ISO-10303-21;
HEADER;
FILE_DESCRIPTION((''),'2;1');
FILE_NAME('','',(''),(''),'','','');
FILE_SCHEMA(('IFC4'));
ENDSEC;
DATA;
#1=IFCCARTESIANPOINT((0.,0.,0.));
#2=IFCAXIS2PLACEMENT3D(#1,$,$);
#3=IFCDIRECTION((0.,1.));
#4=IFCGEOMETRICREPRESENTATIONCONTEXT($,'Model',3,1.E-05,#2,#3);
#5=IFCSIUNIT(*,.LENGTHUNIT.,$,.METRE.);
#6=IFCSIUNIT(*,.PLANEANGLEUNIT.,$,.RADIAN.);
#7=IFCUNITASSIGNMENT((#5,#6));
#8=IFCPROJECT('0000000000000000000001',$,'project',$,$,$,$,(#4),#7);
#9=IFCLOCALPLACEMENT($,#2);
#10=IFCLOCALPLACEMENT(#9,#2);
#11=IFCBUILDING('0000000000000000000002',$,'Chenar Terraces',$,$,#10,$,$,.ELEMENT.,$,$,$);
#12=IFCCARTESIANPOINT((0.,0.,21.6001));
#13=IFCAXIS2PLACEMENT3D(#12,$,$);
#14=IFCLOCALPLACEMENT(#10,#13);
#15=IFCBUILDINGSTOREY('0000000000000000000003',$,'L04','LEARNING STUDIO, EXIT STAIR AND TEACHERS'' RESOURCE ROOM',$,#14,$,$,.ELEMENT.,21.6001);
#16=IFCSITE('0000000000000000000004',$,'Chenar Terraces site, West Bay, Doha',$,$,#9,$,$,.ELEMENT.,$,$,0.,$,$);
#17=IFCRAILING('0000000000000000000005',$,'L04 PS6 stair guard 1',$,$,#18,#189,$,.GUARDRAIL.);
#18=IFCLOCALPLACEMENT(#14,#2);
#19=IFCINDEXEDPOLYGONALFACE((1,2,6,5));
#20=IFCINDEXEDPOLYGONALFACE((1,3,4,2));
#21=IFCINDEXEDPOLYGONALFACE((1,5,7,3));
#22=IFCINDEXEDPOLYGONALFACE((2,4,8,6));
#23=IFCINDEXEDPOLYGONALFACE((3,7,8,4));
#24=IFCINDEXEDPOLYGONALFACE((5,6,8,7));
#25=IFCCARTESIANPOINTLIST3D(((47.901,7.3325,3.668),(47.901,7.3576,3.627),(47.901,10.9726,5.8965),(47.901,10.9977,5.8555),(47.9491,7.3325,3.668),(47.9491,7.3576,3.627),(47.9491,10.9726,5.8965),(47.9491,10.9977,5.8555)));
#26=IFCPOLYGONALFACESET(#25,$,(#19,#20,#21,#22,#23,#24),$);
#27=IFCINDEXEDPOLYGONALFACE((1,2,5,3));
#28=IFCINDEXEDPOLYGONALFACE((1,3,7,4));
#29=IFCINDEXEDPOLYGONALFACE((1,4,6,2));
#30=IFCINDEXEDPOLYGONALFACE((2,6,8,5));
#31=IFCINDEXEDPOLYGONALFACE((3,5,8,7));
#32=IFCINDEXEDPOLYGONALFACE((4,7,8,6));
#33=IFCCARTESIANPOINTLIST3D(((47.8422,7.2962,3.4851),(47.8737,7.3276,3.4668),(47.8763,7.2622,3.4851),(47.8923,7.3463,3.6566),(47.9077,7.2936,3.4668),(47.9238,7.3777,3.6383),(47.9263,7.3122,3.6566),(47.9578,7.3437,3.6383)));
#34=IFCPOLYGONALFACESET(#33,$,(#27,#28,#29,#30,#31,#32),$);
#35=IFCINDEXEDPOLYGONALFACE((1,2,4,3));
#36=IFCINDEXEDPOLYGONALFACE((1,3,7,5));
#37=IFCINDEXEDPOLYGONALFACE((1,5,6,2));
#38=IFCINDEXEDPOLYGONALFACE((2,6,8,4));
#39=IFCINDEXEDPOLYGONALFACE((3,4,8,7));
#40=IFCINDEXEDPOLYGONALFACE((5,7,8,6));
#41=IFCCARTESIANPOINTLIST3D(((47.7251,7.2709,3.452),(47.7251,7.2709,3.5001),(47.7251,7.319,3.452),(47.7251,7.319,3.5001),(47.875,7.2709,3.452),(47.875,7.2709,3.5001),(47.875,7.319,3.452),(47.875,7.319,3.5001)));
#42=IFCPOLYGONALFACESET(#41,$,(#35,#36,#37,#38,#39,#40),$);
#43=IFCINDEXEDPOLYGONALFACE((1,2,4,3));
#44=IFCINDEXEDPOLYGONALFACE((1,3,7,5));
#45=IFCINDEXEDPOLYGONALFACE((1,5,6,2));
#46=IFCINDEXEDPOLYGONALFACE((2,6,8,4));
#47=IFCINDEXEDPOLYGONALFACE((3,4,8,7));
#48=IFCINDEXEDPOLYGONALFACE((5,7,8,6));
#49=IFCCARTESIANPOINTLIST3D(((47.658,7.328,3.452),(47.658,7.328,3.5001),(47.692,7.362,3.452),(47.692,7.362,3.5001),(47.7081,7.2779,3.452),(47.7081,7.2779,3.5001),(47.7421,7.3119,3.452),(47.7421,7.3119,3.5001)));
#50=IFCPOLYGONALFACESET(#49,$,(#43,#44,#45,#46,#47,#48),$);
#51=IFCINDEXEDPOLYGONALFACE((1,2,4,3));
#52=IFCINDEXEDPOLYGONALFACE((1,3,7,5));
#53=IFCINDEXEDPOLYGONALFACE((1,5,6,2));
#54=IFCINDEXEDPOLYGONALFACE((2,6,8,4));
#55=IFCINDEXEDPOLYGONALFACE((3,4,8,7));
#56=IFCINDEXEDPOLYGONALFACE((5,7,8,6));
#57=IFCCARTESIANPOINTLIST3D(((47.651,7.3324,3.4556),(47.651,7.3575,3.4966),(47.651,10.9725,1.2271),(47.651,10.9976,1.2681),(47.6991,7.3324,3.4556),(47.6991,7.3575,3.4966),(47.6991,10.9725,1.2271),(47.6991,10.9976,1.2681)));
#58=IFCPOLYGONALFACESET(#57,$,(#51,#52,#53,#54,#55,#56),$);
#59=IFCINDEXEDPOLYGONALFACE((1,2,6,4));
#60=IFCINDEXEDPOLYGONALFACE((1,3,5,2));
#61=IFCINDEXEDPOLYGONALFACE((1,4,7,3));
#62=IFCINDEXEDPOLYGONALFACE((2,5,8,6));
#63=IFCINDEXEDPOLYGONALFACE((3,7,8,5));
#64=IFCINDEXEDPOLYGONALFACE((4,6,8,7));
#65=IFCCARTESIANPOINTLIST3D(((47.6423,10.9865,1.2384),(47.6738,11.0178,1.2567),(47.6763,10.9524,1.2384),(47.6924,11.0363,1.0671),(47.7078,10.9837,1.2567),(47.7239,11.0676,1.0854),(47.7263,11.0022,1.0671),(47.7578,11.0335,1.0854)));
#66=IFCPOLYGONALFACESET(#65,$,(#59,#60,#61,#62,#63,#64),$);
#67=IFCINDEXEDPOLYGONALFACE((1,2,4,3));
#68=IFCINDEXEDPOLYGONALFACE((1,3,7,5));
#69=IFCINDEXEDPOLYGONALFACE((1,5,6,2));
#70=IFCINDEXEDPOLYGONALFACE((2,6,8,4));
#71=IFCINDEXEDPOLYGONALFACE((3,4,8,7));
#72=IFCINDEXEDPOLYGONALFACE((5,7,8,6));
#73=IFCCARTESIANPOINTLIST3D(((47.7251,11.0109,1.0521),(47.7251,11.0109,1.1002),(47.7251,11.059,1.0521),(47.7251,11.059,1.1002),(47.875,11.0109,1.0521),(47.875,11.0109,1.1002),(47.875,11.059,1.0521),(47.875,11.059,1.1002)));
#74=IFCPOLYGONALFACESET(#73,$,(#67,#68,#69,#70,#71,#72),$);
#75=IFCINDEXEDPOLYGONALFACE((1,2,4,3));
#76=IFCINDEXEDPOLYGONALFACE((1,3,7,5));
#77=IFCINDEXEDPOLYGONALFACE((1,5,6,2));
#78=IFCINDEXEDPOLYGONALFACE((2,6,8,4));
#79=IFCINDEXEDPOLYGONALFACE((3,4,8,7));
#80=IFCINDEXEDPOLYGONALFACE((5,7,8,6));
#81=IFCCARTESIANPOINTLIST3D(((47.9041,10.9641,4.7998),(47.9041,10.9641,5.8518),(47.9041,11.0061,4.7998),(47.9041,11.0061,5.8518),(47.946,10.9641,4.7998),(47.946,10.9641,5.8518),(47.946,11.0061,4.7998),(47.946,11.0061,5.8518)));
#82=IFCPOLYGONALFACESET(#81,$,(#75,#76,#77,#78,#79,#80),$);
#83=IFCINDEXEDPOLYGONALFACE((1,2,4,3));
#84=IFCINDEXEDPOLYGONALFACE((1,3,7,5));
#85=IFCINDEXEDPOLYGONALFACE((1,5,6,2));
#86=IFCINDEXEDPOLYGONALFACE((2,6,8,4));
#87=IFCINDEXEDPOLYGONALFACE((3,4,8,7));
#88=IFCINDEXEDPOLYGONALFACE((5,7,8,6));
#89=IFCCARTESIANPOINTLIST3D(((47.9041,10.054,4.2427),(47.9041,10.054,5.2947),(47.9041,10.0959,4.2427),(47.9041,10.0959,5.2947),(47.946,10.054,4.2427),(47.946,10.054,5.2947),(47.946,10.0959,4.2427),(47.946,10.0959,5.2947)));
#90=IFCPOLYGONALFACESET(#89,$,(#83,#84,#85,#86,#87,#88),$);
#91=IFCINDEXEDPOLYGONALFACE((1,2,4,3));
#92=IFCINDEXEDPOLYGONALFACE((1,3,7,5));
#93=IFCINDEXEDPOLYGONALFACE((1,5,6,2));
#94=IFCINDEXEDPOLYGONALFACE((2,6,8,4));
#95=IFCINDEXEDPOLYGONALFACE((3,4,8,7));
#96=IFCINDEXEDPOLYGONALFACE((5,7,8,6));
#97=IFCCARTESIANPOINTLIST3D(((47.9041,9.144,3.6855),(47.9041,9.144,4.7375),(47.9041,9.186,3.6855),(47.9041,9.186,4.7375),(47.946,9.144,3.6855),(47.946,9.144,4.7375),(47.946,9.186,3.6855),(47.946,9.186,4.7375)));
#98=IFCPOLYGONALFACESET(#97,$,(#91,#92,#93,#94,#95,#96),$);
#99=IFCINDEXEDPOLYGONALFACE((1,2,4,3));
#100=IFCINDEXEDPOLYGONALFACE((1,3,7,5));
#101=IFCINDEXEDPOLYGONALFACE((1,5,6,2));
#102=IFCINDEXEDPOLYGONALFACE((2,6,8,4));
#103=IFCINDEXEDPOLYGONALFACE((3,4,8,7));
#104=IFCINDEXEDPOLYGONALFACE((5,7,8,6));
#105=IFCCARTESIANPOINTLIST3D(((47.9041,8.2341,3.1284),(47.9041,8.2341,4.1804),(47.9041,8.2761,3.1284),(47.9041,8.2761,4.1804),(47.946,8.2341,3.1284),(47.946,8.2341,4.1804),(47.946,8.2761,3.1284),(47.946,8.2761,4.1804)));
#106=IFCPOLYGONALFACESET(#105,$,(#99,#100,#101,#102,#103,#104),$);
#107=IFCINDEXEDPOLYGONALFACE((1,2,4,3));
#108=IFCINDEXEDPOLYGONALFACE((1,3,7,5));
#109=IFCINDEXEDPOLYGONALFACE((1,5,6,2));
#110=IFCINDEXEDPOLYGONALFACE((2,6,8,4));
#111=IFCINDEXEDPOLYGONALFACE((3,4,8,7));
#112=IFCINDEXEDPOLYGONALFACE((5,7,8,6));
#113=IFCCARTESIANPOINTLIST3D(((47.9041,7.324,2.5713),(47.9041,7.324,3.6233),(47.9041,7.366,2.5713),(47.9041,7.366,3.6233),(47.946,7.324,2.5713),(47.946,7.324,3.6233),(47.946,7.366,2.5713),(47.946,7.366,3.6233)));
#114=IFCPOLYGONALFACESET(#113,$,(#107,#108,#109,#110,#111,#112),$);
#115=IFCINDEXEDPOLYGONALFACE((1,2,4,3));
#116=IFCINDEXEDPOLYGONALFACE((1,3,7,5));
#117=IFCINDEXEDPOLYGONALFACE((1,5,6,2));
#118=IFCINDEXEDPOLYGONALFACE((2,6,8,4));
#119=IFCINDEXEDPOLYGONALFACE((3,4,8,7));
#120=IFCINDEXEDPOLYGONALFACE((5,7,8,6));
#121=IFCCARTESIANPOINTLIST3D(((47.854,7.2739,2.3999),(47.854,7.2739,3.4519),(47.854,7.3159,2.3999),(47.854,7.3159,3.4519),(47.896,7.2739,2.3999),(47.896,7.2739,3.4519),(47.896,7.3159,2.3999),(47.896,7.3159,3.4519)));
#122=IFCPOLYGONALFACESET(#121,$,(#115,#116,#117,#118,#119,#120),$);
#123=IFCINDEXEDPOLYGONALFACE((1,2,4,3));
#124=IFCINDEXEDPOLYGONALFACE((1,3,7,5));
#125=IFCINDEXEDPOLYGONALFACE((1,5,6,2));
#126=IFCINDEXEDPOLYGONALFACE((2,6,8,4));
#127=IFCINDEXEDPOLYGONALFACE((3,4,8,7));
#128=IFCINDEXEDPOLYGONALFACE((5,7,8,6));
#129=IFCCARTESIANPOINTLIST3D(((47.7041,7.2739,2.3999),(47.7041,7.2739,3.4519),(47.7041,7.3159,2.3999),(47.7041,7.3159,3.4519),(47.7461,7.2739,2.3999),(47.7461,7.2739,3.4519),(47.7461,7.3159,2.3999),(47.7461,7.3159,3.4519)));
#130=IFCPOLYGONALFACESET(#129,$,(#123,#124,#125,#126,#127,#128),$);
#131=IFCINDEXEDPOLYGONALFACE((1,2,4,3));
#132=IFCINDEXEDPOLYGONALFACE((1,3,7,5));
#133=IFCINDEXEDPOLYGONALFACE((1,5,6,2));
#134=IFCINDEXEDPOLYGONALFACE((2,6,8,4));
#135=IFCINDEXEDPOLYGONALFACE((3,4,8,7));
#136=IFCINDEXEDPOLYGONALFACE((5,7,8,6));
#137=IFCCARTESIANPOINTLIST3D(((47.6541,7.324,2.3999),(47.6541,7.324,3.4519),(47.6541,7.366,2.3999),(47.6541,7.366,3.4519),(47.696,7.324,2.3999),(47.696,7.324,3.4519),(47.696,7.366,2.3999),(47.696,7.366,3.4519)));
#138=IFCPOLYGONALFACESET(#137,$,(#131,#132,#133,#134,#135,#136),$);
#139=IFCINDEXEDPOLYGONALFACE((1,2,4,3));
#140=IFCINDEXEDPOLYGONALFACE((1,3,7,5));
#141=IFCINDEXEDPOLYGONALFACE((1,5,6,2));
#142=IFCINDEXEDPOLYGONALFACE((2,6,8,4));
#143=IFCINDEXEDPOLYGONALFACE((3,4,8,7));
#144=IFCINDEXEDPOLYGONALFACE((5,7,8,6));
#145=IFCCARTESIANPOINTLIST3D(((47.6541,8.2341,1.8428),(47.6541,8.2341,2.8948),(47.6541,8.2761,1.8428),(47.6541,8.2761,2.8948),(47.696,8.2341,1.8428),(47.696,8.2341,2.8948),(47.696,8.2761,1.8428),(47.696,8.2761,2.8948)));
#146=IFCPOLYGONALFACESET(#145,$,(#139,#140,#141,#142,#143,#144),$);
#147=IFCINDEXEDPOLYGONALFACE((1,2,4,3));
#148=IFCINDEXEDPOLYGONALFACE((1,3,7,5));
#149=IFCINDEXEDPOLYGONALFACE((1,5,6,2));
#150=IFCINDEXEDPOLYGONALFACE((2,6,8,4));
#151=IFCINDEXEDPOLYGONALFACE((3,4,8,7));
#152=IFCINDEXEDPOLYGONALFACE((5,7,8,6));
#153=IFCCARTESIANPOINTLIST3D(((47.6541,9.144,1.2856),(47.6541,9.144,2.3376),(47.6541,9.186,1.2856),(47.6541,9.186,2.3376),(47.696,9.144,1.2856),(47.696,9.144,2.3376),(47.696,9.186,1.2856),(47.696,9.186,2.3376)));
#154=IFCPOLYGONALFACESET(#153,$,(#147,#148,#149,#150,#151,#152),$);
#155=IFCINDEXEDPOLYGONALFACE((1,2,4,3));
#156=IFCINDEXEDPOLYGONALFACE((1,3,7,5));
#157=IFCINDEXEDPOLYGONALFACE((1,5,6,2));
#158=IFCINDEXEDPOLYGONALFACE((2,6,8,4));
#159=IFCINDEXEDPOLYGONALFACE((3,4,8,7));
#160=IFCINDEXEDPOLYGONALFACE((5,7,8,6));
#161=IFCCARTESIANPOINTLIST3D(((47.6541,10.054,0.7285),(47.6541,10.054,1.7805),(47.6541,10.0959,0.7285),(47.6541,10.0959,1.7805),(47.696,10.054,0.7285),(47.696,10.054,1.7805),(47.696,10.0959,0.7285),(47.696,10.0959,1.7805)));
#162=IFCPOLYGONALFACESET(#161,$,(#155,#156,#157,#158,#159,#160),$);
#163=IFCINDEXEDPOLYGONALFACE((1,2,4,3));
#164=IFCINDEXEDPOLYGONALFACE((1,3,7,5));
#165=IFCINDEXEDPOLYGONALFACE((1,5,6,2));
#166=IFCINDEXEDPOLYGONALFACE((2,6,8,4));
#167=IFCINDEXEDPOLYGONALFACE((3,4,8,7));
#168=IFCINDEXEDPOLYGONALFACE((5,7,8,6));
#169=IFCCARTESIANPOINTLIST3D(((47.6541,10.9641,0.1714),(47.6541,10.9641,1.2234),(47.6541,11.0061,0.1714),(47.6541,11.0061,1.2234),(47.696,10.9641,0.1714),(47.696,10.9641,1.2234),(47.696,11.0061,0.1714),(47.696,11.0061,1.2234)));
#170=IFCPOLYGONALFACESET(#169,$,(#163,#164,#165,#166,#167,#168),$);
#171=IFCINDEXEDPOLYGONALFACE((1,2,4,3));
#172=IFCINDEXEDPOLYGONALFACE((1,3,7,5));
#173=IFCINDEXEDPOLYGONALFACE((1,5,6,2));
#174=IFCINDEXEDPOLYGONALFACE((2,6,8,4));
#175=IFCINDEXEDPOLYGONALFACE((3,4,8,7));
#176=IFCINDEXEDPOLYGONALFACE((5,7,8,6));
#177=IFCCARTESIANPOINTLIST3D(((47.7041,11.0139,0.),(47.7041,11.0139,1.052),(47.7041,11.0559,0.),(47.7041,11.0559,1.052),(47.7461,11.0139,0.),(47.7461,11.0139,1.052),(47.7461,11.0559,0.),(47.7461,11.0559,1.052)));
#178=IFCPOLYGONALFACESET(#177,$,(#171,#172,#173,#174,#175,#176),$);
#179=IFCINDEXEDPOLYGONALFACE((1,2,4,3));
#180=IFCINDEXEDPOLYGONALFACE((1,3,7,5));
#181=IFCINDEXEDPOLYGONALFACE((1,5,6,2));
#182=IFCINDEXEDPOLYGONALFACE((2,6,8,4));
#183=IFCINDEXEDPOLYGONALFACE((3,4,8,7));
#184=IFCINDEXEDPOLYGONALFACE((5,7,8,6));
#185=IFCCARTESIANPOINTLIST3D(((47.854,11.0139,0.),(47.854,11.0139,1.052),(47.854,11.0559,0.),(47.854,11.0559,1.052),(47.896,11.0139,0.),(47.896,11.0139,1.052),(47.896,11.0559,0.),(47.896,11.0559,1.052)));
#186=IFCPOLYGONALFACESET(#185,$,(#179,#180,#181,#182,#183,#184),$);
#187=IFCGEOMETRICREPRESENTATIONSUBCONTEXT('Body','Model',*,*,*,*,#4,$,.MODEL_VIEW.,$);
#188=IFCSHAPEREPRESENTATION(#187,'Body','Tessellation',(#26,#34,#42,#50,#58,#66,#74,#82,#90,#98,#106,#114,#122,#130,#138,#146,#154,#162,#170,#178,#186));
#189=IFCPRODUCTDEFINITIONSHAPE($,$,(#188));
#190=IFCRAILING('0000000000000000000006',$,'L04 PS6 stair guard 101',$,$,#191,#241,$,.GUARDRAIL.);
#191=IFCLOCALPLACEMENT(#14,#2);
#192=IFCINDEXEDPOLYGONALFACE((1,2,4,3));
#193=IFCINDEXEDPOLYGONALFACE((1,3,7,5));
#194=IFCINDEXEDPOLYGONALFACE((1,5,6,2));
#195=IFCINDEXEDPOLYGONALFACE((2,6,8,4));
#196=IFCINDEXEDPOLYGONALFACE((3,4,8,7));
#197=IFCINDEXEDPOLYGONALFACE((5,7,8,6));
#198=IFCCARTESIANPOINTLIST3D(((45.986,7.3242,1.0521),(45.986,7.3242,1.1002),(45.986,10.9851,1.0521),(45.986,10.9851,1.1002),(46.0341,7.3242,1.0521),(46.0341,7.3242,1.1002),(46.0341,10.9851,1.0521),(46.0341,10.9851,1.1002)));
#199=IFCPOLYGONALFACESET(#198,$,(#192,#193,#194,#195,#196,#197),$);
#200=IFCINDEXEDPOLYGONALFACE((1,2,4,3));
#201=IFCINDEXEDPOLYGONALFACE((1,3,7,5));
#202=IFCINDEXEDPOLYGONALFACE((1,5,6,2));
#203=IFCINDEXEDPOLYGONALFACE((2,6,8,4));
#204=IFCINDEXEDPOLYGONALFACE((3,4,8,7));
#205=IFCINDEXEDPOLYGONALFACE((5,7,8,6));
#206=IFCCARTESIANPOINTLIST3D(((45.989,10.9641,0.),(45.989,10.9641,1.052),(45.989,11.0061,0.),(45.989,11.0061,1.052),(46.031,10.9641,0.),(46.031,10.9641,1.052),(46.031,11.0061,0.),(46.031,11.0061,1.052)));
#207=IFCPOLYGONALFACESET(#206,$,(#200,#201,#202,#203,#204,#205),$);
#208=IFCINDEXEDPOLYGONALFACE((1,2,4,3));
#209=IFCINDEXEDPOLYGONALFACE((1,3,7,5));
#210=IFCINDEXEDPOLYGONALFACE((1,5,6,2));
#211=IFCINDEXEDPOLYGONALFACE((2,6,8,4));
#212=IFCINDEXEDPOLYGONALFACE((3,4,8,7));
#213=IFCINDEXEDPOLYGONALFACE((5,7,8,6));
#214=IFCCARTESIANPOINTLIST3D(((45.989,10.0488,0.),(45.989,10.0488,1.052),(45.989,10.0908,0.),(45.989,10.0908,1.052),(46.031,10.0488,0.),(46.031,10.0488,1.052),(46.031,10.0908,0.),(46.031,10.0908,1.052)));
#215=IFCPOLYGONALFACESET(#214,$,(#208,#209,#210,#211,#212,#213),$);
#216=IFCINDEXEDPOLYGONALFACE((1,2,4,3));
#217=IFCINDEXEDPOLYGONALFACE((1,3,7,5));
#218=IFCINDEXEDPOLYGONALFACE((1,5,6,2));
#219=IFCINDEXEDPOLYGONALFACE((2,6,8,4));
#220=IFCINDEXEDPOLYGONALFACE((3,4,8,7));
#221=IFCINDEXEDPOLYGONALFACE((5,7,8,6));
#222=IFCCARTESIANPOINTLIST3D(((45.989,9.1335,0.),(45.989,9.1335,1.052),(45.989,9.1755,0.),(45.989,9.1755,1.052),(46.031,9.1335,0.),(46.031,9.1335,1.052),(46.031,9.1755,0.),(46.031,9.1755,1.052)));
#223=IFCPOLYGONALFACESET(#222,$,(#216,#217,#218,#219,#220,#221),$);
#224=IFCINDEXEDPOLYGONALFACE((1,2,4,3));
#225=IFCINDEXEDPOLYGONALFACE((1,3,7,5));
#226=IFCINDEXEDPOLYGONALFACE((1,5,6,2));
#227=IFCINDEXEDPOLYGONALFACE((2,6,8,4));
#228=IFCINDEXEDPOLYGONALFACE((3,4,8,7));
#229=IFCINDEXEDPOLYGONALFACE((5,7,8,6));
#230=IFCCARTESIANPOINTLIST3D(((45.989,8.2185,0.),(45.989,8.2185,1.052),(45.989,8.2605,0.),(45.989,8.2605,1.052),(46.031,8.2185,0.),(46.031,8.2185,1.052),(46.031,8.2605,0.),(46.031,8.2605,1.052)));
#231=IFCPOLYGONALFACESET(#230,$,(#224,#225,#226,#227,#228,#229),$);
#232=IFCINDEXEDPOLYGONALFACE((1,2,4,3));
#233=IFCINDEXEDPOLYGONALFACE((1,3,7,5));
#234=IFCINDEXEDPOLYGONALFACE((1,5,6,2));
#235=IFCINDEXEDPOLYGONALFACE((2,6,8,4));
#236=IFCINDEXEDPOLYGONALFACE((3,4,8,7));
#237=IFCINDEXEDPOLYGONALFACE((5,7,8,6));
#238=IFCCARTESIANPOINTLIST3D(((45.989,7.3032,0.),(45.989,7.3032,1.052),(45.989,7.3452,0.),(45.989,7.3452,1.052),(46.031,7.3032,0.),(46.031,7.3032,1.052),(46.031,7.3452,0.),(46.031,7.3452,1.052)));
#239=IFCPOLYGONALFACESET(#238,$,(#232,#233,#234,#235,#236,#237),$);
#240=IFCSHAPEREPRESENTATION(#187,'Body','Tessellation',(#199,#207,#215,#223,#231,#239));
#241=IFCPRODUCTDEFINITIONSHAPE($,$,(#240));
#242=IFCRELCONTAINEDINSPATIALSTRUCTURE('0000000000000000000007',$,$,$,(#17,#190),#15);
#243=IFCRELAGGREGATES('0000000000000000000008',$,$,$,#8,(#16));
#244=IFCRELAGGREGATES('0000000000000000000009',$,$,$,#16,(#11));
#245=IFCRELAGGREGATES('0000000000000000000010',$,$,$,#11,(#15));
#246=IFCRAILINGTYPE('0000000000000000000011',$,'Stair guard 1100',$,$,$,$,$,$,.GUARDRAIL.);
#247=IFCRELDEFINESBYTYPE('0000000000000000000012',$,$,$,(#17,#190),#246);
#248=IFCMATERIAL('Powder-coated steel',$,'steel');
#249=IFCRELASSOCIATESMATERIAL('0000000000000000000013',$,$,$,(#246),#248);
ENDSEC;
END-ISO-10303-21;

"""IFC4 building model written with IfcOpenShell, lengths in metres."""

from ifc_helpers import new_model, si_unit, direction, frame, origin, origin_2d, place, context, subcontext, project, spatial, rectangle, extrude, material, type_object, element, save


model = new_model("IFC4")

# Units and contexts
model_context = context("Model", 3, precision=1e-05, world=origin(), true_north=direction((0.0, 1.0)))
body_context = subcontext(model_context, "Body", "Model", "MODEL_VIEW")
ifc_project = project(units=[si_unit("LENGTHUNIT", "METRE"), si_unit("PLANEANGLEUNIT", "RADIAN")], contexts=[model_context])

# Site, building, storey
site_placement = place(None, origin())
site = spatial("IfcSite", under=ifc_project, at=site_placement, Name="Chenar Terraces site, West Bay, Doha", CompositionType="ELEMENT", RefElevation=0.0)
building_placement = place(site_placement, origin())
building = spatial("IfcBuilding", under=site, at=building_placement, Name="Chenar Terraces", CompositionType="ELEMENT")
storey_placement = place(building_placement, frame((0.0, 0.0, 21.6001)))
storey = spatial("IfcBuildingStorey", under=building, at=storey_placement, Name="L04", Description="LEARNING STUDIO, EXIT STAIR AND TEACHERS' RESOURCE ROOM", CompositionType="ELEMENT", Elevation=21.6001)

# Railings
ifc_material_1 = material(Name="Powder-coated steel", Category="steel")
railing_type_1 = type_object("IfcRailingType", Name="Stair guard 1100", PredefinedType="GUARDRAIL", material=ifc_material_1)
railing_1_placement = place(storey_placement, frame((47.925, 10.9851, 4.7998)))
element("IfcRailing", 1, at=railing_1_placement, inside=storey, type_object=railing_type_1, Name="L04 PS6 stair guard 1", PredefinedType="GUARDRAIL", context=body_context, shape_type="SweptSolid", body=[
    extrude(rectangle(XDim=0.0481, YDim=0.0481, at=origin_2d()), frame((0.0, 0.0, 1.0762), z_axis=(0.0, -0.852866, -0.52213), x_axis=(1.0, 0.0, 0.0)), (0.0, 0.0, 1.0), 4.2681),
    extrude(rectangle(XDim=0.0481, YDim=0.0481, at=origin_2d()), frame((0.0, -3.6401, -1.1523), z_axis=(-0.269911, -0.269911, -0.924281), x_axis=(0.707107, -0.707107, 0.0)), (0.0, 0.0, 1.0), 0.1855),
    extrude(rectangle(XDim=0.0481, YDim=0.0481, at=origin_2d()), frame((-0.05, -3.6902, -1.3237), z_axis=(-1.0, 0.0, 0.0), x_axis=(0.0, -1.0, 0.0)), (0.0, 0.0, 1.0), 0.1499),
    extrude(rectangle(XDim=0.0481, YDim=0.0481, at=origin_2d()), frame((-0.2, -3.6902, -1.3237), z_axis=(-0.707107, 0.707107, 0.0), x_axis=(-0.707107, -0.707107, 0.0)), (0.0, 0.0, 1.0), 0.0708),
    extrude(rectangle(XDim=0.0481, YDim=0.0481, at=origin_2d()), frame((-0.25, -3.6401, -1.3237), z_axis=(0.0, 0.852866, -0.52213), x_axis=(-1.0, 0.0, 0.0)), (0.0, 0.0, 1.0), 4.2681),
    extrude(rectangle(XDim=0.0481, YDim=0.0481, at=origin_2d()), frame((-0.25, 0.0, -3.5522), z_axis=(0.270007, 0.26869, -0.924609), x_axis=(-0.705376, 0.708834, 0.0)), (0.0, 0.0, 1.0), 0.1853),
    extrude(rectangle(XDim=0.0481, YDim=0.0481, at=origin_2d()), frame((-0.2, 0.0498, -3.7236), z_axis=(1.0, 0.0, 0.0), x_axis=(0.0, 1.0, 0.0)), (0.0, 0.0, 1.0), 0.1499),
    extrude(rectangle(XDim=0.042, YDim=0.042, at=origin_2d()), origin(), (0.0, 0.0, 1.0), 1.052),
    extrude(rectangle(XDim=0.042, YDim=0.042, at=origin_2d()), frame((0.0, -0.9102, -0.5571)), (0.0, 0.0, 1.0), 1.052),
    extrude(rectangle(XDim=0.042, YDim=0.042, at=origin_2d()), frame((0.0, -1.8201, -1.1143)), (0.0, 0.0, 1.0), 1.052),
    extrude(rectangle(XDim=0.042, YDim=0.042, at=origin_2d()), frame((0.0, -2.73, -1.6714)), (0.0, 0.0, 1.0), 1.052),
    extrude(rectangle(XDim=0.042, YDim=0.042, at=origin_2d()), frame((0.0, -3.6401, -2.2285)), (0.0, 0.0, 1.0), 1.052),
    extrude(rectangle(XDim=0.042, YDim=0.042, at=origin_2d()), frame((-0.05, -3.6902, -2.3999)), (0.0, 0.0, 1.0), 1.052),
    extrude(rectangle(XDim=0.042, YDim=0.042, at=origin_2d()), frame((-0.2, -3.6902, -2.3999)), (0.0, 0.0, 1.0), 1.052),
    extrude(rectangle(XDim=0.042, YDim=0.042, at=origin_2d()), frame((-0.25, -3.6401, -2.3999)), (0.0, 0.0, 1.0), 1.052),
    extrude(rectangle(XDim=0.042, YDim=0.042, at=origin_2d()), frame((-0.25, -2.73, -2.957)), (0.0, 0.0, 1.0), 1.052),
    extrude(rectangle(XDim=0.042, YDim=0.042, at=origin_2d()), frame((-0.25, -1.8201, -3.5142)), (0.0, 0.0, 1.0), 1.052),
    extrude(rectangle(XDim=0.042, YDim=0.042, at=origin_2d()), frame((-0.25, -0.9102, -4.0713)), (0.0, 0.0, 1.0), 1.052),
    extrude(rectangle(XDim=0.042, YDim=0.042, at=origin_2d()), frame((-0.25, 0.0, -4.6284)), (0.0, 0.0, 1.0), 1.052),
    extrude(rectangle(XDim=0.042, YDim=0.042, at=origin_2d()), frame((-0.2, 0.0498, -4.7998)), (0.0, 0.0, 1.0), 1.052),
    extrude(rectangle(XDim=0.042, YDim=0.042, at=origin_2d()), frame((-0.05, 0.0498, -4.7998)), (0.0, 0.0, 1.0), 1.052),
])
railing_2_placement = place(storey_placement, frame((46.01, 10.9851, 0.0)))
element("IfcRailing", 2, at=railing_2_placement, inside=storey, type_object=railing_type_1, Name="L04 PS6 stair guard 101", PredefinedType="GUARDRAIL", context=body_context, shape_type="SweptSolid", body=[
    extrude(rectangle(XDim=0.0481, YDim=0.0481, at=origin_2d()), frame((0.0, 0.0, 1.0762), z_axis=(0.0, -1.0, 0.0), x_axis=(1.0, 0.0, 0.0)), (0.0, 0.0, 1.0), 3.6609),
    extrude(rectangle(XDim=0.042, YDim=0.042, at=origin_2d()), origin(), (0.0, 0.0, 1.0), 1.052),
    extrude(rectangle(XDim=0.042, YDim=0.042, at=origin_2d()), frame((0.0, -0.9153, 0.0)), (0.0, 0.0, 1.0), 1.052),
    extrude(rectangle(XDim=0.042, YDim=0.042, at=origin_2d()), frame((0.0, -1.8306, 0.0)), (0.0, 0.0, 1.0), 1.052),
    extrude(rectangle(XDim=0.042, YDim=0.042, at=origin_2d()), frame((0.0, -2.7456, 0.0)), (0.0, 0.0, 1.0), 1.052),
    extrude(rectangle(XDim=0.042, YDim=0.042, at=origin_2d()), frame((0.0, -3.6609, 0.0)), (0.0, 0.0, 1.0), 1.052),
])

save(model, "model.ifc")
